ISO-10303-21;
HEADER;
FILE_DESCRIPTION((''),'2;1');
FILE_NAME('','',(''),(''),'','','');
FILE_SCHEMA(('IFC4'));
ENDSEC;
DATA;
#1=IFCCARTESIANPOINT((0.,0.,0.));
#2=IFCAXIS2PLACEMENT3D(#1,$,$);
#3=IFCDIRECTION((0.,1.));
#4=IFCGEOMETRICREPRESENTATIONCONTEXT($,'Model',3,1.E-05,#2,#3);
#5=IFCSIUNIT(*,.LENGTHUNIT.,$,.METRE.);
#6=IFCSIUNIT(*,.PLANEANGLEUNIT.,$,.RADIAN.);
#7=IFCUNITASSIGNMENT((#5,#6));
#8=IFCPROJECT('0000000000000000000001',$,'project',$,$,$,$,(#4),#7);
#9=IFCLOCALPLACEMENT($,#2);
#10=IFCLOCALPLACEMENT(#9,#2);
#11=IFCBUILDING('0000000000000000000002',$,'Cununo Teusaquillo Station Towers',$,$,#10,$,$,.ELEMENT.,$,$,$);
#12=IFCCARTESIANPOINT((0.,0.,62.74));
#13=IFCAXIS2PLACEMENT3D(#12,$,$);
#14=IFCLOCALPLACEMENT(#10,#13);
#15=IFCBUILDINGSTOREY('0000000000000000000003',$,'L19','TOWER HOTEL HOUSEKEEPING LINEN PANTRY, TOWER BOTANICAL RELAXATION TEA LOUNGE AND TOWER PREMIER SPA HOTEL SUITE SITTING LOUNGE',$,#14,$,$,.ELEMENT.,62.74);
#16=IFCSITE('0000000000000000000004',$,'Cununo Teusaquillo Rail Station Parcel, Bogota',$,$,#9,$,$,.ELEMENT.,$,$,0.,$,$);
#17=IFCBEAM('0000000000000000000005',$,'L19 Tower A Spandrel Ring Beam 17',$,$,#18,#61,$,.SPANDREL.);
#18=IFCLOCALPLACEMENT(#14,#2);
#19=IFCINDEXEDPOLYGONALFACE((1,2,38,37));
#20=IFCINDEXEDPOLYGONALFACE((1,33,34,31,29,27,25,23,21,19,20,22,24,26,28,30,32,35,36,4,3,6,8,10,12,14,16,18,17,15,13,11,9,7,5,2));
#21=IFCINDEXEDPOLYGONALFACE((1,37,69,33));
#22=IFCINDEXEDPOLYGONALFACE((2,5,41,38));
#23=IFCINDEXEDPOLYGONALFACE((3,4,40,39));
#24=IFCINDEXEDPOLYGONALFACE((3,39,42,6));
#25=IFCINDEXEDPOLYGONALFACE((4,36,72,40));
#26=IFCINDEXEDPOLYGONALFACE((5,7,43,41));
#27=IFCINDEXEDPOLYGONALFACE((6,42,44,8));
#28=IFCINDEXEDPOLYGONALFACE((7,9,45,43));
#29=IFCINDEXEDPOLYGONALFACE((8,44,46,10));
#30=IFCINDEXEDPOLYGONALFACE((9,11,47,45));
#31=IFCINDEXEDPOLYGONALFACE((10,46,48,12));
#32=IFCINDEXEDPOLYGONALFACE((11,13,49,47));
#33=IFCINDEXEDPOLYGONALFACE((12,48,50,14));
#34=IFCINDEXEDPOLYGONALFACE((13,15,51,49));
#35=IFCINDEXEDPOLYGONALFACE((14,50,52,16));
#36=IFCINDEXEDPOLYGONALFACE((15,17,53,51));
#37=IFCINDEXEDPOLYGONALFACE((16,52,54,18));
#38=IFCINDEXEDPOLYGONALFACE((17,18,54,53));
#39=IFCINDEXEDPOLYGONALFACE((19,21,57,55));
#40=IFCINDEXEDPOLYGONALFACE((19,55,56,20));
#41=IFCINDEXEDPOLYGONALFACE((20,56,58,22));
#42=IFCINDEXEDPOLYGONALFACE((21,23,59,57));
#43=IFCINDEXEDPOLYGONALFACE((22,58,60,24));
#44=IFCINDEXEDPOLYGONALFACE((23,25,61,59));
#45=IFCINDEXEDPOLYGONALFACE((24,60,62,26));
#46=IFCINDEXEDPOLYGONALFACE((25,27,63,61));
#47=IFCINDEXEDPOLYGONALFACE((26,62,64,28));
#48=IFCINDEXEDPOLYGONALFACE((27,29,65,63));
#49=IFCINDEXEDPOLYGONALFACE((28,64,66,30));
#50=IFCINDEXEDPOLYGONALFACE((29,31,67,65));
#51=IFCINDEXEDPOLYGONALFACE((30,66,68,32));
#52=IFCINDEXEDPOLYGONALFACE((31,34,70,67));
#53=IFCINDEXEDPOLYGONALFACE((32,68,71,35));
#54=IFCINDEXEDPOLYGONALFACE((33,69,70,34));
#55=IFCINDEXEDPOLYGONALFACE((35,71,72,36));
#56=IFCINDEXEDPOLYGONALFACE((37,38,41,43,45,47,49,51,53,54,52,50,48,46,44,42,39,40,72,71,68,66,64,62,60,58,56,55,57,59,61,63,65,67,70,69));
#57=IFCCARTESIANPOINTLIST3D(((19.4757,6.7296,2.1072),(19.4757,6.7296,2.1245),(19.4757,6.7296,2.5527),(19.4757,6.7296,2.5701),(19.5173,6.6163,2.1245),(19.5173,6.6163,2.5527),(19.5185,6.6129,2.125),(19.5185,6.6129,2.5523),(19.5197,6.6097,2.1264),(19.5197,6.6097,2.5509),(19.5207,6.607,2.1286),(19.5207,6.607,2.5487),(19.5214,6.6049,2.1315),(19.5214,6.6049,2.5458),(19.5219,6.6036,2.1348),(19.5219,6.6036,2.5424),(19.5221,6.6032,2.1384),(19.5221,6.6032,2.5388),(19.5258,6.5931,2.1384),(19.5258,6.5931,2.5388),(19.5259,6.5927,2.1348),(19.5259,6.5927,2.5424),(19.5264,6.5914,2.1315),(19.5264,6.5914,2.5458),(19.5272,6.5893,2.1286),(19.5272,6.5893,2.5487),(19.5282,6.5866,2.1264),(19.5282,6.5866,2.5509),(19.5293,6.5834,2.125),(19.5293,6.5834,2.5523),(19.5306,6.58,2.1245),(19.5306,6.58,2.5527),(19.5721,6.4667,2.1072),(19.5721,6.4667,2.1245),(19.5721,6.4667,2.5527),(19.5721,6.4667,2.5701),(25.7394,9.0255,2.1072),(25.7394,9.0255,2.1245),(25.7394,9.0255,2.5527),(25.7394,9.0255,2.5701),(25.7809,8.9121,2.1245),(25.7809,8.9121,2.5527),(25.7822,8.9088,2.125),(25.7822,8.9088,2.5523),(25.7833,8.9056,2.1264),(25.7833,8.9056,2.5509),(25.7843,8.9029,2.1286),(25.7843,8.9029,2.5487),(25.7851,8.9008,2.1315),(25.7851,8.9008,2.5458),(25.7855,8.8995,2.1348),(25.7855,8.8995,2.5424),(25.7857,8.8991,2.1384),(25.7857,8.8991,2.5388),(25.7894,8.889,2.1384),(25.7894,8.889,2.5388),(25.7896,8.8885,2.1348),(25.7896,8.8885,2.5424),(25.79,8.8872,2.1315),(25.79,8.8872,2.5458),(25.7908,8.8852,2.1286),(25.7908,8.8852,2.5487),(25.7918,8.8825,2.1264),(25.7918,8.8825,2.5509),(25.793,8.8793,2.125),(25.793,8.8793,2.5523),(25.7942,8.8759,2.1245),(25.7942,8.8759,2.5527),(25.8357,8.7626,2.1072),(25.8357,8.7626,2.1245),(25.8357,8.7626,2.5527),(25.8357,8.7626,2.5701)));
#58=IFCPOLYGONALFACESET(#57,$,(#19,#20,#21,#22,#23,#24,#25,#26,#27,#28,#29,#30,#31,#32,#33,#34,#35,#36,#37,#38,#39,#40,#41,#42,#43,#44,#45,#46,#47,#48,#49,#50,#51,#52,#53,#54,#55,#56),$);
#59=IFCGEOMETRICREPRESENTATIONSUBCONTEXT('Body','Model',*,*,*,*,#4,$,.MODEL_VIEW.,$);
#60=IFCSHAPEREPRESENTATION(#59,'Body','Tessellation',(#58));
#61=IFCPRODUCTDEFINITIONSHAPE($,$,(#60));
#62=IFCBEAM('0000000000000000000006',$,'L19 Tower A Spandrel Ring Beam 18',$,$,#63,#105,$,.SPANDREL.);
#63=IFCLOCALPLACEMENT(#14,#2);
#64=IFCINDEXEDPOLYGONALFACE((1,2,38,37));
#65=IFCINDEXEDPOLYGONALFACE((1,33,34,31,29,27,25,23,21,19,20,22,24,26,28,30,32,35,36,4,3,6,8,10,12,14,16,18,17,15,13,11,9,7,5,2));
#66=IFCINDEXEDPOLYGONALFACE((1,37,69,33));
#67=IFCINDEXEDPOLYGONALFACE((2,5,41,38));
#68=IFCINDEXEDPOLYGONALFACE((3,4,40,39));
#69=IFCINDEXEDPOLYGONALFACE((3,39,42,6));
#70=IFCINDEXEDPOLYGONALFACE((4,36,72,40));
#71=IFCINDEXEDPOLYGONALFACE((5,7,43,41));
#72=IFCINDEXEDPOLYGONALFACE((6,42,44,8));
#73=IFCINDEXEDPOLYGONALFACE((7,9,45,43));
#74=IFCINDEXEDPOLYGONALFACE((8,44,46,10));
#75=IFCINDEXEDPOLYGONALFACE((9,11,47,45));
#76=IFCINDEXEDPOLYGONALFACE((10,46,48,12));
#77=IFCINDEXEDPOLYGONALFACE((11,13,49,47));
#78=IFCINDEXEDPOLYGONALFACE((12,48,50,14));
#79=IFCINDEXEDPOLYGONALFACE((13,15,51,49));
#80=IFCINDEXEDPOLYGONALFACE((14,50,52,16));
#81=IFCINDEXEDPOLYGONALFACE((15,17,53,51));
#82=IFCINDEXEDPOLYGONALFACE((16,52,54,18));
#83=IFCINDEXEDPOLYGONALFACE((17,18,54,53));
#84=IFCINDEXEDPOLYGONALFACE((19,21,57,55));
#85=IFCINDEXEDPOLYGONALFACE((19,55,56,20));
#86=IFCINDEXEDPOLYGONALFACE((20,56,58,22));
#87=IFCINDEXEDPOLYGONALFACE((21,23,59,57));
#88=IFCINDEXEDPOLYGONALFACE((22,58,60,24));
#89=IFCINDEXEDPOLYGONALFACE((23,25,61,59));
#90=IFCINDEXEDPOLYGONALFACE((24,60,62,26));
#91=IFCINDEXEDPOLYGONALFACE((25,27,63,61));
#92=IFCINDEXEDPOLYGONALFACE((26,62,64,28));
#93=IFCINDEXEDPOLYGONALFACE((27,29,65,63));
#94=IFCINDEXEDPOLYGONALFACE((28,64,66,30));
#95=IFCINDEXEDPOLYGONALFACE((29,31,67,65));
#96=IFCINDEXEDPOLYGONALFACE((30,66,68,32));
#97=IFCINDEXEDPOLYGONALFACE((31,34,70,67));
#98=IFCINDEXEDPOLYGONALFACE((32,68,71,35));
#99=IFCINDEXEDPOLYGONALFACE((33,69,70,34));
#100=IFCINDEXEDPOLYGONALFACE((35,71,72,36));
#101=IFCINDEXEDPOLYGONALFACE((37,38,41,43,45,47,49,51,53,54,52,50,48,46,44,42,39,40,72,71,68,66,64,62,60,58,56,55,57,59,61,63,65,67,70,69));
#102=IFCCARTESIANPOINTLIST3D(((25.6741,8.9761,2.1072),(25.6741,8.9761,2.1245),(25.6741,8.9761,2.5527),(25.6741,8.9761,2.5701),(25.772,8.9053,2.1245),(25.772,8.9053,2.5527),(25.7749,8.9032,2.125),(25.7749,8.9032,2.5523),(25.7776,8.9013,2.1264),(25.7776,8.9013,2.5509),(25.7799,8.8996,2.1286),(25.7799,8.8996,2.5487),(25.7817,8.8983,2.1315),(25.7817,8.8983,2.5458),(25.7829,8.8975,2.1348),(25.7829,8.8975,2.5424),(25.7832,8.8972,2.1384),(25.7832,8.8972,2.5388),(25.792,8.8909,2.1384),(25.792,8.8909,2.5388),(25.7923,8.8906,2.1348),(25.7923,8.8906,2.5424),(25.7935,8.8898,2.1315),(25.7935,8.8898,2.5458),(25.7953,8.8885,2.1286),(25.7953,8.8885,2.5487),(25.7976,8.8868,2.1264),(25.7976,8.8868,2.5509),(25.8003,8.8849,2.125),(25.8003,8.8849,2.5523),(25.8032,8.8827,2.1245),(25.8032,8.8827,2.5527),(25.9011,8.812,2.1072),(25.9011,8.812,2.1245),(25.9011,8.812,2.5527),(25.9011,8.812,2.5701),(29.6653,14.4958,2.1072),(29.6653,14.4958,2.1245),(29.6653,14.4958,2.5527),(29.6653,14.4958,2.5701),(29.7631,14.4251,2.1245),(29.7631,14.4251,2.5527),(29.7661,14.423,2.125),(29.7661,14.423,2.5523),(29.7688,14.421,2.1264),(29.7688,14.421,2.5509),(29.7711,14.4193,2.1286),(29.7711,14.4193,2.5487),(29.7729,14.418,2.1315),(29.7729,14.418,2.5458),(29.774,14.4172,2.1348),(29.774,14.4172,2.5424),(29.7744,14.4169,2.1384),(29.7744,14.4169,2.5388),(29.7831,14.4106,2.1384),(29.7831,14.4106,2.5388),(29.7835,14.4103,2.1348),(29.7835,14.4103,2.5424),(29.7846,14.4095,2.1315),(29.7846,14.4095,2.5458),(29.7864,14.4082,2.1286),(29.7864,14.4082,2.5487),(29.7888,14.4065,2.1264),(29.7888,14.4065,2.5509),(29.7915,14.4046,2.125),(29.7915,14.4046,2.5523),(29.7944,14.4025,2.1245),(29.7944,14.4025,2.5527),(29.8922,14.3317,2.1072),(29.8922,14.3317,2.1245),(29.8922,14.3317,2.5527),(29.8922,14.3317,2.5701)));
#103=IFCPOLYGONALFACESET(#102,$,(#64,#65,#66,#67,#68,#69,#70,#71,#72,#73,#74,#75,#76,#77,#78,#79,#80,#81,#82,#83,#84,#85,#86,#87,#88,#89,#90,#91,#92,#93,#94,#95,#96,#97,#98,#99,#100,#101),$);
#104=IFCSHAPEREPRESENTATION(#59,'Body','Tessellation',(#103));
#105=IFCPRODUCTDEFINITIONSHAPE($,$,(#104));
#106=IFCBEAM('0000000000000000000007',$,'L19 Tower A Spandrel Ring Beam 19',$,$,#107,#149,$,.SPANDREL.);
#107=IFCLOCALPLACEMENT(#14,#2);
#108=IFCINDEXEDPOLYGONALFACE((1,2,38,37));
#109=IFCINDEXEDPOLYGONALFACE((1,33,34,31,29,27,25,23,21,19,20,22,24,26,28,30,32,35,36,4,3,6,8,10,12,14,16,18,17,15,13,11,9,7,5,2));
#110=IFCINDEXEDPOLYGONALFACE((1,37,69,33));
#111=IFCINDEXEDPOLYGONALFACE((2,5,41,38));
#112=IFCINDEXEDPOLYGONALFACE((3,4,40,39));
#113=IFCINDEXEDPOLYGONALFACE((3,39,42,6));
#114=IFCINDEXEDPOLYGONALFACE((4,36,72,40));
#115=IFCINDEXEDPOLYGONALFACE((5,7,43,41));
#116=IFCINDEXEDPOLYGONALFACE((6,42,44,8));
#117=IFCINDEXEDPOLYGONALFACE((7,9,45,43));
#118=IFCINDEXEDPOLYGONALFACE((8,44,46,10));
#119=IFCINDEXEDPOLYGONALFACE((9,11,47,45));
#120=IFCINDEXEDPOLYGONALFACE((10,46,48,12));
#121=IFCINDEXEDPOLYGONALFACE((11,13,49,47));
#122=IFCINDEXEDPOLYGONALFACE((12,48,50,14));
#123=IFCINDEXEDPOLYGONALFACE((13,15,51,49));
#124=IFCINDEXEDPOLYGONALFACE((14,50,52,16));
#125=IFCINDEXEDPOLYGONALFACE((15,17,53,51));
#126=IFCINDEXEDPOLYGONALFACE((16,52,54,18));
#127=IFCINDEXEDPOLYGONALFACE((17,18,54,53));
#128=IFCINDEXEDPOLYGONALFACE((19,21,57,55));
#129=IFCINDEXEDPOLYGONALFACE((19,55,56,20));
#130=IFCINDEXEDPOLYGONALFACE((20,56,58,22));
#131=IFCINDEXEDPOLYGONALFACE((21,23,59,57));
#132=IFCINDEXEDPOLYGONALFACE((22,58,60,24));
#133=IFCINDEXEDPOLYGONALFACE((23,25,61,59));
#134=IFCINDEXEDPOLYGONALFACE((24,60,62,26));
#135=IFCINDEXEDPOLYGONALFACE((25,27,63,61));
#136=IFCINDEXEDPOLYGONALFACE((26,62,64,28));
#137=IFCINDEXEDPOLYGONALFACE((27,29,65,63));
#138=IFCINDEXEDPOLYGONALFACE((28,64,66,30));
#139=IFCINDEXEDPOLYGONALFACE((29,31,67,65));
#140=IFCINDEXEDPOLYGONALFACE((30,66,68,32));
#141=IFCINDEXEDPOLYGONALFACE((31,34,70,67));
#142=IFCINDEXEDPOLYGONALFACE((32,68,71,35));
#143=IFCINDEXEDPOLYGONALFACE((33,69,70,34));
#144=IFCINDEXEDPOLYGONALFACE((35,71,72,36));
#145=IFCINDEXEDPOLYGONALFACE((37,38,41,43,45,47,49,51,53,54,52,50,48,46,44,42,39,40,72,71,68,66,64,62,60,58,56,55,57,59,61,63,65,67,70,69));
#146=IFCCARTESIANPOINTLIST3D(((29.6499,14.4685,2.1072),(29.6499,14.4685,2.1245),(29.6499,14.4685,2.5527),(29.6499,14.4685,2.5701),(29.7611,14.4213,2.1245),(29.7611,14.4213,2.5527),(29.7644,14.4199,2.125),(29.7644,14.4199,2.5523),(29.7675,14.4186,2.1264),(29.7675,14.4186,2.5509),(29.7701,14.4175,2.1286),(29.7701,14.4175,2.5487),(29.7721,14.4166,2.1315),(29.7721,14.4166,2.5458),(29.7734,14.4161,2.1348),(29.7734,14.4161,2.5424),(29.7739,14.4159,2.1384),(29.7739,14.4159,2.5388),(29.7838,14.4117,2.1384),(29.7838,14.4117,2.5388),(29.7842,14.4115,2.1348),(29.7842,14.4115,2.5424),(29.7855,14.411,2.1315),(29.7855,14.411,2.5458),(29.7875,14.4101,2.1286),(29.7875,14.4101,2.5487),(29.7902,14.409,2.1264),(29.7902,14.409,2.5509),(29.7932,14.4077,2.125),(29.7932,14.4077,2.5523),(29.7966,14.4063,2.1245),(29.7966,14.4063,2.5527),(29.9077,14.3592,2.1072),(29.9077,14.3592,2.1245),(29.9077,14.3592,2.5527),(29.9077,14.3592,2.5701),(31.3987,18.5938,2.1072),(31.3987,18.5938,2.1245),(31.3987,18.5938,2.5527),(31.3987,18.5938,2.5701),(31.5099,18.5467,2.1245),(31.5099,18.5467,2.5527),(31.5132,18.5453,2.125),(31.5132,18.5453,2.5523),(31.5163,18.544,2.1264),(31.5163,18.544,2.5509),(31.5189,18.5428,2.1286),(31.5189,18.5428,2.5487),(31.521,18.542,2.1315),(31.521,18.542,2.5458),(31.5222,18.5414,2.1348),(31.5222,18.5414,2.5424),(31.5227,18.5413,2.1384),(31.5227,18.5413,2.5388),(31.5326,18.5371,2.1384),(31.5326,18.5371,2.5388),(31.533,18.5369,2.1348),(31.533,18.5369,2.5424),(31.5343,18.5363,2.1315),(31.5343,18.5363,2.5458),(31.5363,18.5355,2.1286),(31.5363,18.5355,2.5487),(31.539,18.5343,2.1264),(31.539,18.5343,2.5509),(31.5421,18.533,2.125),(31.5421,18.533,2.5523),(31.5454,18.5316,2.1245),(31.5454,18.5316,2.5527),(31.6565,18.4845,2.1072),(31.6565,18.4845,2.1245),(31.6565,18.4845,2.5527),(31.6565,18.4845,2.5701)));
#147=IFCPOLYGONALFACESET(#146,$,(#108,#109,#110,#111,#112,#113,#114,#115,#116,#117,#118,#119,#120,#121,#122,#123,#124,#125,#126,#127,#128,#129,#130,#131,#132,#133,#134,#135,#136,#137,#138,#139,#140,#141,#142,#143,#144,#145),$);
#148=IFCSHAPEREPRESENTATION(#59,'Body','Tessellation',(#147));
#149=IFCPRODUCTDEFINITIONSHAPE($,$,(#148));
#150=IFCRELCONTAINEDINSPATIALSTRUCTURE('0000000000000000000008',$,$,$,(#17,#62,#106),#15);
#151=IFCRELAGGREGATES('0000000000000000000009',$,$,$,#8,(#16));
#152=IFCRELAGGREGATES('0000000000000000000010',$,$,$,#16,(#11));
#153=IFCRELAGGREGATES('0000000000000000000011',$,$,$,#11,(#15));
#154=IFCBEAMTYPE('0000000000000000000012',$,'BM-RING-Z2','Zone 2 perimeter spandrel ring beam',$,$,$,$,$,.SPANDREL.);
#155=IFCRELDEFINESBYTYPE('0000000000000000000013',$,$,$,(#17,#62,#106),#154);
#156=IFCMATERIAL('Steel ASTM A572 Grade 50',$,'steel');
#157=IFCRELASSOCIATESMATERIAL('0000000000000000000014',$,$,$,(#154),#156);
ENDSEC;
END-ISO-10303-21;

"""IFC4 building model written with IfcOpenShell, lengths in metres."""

from ifc_helpers import new_model, si_unit, direction, frame, origin, origin_2d, place, context, subcontext, project, spatial, i_section, extrude, material, material_profile, profile_set, type_object, element, save


model = new_model("IFC4")

# Units and contexts
model_context = context("Model", 3, precision=1e-05, world=origin(), true_north=direction((0.0, 1.0)))
body_context = subcontext(model_context, "Body", "Model", "MODEL_VIEW")
ifc_project = project(units=[si_unit("LENGTHUNIT", "METRE"), si_unit("PLANEANGLEUNIT", "RADIAN")], contexts=[model_context])

# Site, building, storey
site_placement = place(None, origin())
site = spatial("IfcSite", under=ifc_project, at=site_placement, Name="Cununo Teusaquillo Rail Station Parcel, Bogota", CompositionType="ELEMENT", RefElevation=0.0)
building_placement = place(site_placement, origin())
building = spatial("IfcBuilding", under=site, at=building_placement, Name="Cununo Teusaquillo Station Towers", CompositionType="ELEMENT")
storey_placement = place(building_placement, frame((0.0, 0.0, 62.74)))
storey = spatial("IfcBuildingStorey", under=building, at=storey_placement, Name="L19", Description="TOWER HOTEL HOUSEKEEPING LINEN PANTRY, TOWER BOTANICAL RELAXATION TEA LOUNGE AND TOWER PREMIER SPA HOTEL SUITE SITTING LOUNGE", CompositionType="ELEMENT", Elevation=62.74)

# Beams
ifc_material_1 = material(Name="Steel ASTM A572 Grade 50", Category="steel")
ifc_material_profile_1 = material_profile(ifc_material_1, i_section(OverallWidth=0.28, OverallDepth=0.4629, WebThickness=0.0107, FlangeThickness=0.0173, FilletRadius=0.0139, at=origin_2d()), Name="W18X76")
ifc_profile_set_1 = profile_set([ifc_material_profile_1], Name="Steel ASTM A572 Grade 50")
beam_type_1 = type_object("IfcBeamType", Name="BM-RING-Z2", Description="Zone 2 perimeter spandrel ring beam", PredefinedType="SPANDREL", material=ifc_profile_set_1)
beam_1_placement = place(storey_placement, frame((19.5239, 6.5981, 2.3386), z_axis=(0.938914, 0.344151, 0.0), x_axis=(-0.344151, 0.938914, 0.0)))
element("IfcBeam", 1, at=beam_1_placement, inside=storey, type_object=beam_type_1, Name="L19 Tower A Spandrel Ring Beam 17", PredefinedType="SPANDREL", context=body_context, shape_type="SweptSolid", body=[
    extrude(i_section(OverallWidth=0.28, OverallDepth=0.4629, WebThickness=0.0107, FlangeThickness=0.0173, FilletRadius=0.0139, at=origin_2d()), origin(), (0.0, 0.0, 1.0), 6.6711),
])
beam_2_placement = place(storey_placement, frame((25.7876, 8.894, 2.3386), z_axis=(0.585945, 0.810351, 0.0), x_axis=(-0.810351, 0.585945, 0.0)))
element("IfcBeam", 2, at=beam_2_placement, inside=storey, type_object=beam_type_1, Name="L19 Tower A Spandrel Ring Beam 18", PredefinedType="SPANDREL", context=body_context, shape_type="SweptSolid", body=[
    extrude(i_section(OverallWidth=0.28, OverallDepth=0.4629, WebThickness=0.0107, FlangeThickness=0.0173, FilletRadius=0.0139, at=origin_2d()), origin(), (0.0, 0.0, 1.0), 6.8115),
])
beam_3_placement = place(storey_placement, frame((29.7788, 14.4138, 2.3386), z_axis=(0.390299, 0.920688, 0.0), x_axis=(-0.920688, 0.390299, 0.0)))
element("IfcBeam", 3, at=beam_3_placement, inside=storey, type_object=beam_type_1, Name="L19 Tower A Spandrel Ring Beam 19", PredefinedType="SPANDREL", context=body_context, shape_type="SweptSolid", body=[
    extrude(i_section(OverallWidth=0.28, OverallDepth=0.4629, WebThickness=0.0107, FlangeThickness=0.0173, FilletRadius=0.0139, at=origin_2d()), origin(), (0.0, 0.0, 1.0), 4.4807),
])

save(model, "model.ifc")
